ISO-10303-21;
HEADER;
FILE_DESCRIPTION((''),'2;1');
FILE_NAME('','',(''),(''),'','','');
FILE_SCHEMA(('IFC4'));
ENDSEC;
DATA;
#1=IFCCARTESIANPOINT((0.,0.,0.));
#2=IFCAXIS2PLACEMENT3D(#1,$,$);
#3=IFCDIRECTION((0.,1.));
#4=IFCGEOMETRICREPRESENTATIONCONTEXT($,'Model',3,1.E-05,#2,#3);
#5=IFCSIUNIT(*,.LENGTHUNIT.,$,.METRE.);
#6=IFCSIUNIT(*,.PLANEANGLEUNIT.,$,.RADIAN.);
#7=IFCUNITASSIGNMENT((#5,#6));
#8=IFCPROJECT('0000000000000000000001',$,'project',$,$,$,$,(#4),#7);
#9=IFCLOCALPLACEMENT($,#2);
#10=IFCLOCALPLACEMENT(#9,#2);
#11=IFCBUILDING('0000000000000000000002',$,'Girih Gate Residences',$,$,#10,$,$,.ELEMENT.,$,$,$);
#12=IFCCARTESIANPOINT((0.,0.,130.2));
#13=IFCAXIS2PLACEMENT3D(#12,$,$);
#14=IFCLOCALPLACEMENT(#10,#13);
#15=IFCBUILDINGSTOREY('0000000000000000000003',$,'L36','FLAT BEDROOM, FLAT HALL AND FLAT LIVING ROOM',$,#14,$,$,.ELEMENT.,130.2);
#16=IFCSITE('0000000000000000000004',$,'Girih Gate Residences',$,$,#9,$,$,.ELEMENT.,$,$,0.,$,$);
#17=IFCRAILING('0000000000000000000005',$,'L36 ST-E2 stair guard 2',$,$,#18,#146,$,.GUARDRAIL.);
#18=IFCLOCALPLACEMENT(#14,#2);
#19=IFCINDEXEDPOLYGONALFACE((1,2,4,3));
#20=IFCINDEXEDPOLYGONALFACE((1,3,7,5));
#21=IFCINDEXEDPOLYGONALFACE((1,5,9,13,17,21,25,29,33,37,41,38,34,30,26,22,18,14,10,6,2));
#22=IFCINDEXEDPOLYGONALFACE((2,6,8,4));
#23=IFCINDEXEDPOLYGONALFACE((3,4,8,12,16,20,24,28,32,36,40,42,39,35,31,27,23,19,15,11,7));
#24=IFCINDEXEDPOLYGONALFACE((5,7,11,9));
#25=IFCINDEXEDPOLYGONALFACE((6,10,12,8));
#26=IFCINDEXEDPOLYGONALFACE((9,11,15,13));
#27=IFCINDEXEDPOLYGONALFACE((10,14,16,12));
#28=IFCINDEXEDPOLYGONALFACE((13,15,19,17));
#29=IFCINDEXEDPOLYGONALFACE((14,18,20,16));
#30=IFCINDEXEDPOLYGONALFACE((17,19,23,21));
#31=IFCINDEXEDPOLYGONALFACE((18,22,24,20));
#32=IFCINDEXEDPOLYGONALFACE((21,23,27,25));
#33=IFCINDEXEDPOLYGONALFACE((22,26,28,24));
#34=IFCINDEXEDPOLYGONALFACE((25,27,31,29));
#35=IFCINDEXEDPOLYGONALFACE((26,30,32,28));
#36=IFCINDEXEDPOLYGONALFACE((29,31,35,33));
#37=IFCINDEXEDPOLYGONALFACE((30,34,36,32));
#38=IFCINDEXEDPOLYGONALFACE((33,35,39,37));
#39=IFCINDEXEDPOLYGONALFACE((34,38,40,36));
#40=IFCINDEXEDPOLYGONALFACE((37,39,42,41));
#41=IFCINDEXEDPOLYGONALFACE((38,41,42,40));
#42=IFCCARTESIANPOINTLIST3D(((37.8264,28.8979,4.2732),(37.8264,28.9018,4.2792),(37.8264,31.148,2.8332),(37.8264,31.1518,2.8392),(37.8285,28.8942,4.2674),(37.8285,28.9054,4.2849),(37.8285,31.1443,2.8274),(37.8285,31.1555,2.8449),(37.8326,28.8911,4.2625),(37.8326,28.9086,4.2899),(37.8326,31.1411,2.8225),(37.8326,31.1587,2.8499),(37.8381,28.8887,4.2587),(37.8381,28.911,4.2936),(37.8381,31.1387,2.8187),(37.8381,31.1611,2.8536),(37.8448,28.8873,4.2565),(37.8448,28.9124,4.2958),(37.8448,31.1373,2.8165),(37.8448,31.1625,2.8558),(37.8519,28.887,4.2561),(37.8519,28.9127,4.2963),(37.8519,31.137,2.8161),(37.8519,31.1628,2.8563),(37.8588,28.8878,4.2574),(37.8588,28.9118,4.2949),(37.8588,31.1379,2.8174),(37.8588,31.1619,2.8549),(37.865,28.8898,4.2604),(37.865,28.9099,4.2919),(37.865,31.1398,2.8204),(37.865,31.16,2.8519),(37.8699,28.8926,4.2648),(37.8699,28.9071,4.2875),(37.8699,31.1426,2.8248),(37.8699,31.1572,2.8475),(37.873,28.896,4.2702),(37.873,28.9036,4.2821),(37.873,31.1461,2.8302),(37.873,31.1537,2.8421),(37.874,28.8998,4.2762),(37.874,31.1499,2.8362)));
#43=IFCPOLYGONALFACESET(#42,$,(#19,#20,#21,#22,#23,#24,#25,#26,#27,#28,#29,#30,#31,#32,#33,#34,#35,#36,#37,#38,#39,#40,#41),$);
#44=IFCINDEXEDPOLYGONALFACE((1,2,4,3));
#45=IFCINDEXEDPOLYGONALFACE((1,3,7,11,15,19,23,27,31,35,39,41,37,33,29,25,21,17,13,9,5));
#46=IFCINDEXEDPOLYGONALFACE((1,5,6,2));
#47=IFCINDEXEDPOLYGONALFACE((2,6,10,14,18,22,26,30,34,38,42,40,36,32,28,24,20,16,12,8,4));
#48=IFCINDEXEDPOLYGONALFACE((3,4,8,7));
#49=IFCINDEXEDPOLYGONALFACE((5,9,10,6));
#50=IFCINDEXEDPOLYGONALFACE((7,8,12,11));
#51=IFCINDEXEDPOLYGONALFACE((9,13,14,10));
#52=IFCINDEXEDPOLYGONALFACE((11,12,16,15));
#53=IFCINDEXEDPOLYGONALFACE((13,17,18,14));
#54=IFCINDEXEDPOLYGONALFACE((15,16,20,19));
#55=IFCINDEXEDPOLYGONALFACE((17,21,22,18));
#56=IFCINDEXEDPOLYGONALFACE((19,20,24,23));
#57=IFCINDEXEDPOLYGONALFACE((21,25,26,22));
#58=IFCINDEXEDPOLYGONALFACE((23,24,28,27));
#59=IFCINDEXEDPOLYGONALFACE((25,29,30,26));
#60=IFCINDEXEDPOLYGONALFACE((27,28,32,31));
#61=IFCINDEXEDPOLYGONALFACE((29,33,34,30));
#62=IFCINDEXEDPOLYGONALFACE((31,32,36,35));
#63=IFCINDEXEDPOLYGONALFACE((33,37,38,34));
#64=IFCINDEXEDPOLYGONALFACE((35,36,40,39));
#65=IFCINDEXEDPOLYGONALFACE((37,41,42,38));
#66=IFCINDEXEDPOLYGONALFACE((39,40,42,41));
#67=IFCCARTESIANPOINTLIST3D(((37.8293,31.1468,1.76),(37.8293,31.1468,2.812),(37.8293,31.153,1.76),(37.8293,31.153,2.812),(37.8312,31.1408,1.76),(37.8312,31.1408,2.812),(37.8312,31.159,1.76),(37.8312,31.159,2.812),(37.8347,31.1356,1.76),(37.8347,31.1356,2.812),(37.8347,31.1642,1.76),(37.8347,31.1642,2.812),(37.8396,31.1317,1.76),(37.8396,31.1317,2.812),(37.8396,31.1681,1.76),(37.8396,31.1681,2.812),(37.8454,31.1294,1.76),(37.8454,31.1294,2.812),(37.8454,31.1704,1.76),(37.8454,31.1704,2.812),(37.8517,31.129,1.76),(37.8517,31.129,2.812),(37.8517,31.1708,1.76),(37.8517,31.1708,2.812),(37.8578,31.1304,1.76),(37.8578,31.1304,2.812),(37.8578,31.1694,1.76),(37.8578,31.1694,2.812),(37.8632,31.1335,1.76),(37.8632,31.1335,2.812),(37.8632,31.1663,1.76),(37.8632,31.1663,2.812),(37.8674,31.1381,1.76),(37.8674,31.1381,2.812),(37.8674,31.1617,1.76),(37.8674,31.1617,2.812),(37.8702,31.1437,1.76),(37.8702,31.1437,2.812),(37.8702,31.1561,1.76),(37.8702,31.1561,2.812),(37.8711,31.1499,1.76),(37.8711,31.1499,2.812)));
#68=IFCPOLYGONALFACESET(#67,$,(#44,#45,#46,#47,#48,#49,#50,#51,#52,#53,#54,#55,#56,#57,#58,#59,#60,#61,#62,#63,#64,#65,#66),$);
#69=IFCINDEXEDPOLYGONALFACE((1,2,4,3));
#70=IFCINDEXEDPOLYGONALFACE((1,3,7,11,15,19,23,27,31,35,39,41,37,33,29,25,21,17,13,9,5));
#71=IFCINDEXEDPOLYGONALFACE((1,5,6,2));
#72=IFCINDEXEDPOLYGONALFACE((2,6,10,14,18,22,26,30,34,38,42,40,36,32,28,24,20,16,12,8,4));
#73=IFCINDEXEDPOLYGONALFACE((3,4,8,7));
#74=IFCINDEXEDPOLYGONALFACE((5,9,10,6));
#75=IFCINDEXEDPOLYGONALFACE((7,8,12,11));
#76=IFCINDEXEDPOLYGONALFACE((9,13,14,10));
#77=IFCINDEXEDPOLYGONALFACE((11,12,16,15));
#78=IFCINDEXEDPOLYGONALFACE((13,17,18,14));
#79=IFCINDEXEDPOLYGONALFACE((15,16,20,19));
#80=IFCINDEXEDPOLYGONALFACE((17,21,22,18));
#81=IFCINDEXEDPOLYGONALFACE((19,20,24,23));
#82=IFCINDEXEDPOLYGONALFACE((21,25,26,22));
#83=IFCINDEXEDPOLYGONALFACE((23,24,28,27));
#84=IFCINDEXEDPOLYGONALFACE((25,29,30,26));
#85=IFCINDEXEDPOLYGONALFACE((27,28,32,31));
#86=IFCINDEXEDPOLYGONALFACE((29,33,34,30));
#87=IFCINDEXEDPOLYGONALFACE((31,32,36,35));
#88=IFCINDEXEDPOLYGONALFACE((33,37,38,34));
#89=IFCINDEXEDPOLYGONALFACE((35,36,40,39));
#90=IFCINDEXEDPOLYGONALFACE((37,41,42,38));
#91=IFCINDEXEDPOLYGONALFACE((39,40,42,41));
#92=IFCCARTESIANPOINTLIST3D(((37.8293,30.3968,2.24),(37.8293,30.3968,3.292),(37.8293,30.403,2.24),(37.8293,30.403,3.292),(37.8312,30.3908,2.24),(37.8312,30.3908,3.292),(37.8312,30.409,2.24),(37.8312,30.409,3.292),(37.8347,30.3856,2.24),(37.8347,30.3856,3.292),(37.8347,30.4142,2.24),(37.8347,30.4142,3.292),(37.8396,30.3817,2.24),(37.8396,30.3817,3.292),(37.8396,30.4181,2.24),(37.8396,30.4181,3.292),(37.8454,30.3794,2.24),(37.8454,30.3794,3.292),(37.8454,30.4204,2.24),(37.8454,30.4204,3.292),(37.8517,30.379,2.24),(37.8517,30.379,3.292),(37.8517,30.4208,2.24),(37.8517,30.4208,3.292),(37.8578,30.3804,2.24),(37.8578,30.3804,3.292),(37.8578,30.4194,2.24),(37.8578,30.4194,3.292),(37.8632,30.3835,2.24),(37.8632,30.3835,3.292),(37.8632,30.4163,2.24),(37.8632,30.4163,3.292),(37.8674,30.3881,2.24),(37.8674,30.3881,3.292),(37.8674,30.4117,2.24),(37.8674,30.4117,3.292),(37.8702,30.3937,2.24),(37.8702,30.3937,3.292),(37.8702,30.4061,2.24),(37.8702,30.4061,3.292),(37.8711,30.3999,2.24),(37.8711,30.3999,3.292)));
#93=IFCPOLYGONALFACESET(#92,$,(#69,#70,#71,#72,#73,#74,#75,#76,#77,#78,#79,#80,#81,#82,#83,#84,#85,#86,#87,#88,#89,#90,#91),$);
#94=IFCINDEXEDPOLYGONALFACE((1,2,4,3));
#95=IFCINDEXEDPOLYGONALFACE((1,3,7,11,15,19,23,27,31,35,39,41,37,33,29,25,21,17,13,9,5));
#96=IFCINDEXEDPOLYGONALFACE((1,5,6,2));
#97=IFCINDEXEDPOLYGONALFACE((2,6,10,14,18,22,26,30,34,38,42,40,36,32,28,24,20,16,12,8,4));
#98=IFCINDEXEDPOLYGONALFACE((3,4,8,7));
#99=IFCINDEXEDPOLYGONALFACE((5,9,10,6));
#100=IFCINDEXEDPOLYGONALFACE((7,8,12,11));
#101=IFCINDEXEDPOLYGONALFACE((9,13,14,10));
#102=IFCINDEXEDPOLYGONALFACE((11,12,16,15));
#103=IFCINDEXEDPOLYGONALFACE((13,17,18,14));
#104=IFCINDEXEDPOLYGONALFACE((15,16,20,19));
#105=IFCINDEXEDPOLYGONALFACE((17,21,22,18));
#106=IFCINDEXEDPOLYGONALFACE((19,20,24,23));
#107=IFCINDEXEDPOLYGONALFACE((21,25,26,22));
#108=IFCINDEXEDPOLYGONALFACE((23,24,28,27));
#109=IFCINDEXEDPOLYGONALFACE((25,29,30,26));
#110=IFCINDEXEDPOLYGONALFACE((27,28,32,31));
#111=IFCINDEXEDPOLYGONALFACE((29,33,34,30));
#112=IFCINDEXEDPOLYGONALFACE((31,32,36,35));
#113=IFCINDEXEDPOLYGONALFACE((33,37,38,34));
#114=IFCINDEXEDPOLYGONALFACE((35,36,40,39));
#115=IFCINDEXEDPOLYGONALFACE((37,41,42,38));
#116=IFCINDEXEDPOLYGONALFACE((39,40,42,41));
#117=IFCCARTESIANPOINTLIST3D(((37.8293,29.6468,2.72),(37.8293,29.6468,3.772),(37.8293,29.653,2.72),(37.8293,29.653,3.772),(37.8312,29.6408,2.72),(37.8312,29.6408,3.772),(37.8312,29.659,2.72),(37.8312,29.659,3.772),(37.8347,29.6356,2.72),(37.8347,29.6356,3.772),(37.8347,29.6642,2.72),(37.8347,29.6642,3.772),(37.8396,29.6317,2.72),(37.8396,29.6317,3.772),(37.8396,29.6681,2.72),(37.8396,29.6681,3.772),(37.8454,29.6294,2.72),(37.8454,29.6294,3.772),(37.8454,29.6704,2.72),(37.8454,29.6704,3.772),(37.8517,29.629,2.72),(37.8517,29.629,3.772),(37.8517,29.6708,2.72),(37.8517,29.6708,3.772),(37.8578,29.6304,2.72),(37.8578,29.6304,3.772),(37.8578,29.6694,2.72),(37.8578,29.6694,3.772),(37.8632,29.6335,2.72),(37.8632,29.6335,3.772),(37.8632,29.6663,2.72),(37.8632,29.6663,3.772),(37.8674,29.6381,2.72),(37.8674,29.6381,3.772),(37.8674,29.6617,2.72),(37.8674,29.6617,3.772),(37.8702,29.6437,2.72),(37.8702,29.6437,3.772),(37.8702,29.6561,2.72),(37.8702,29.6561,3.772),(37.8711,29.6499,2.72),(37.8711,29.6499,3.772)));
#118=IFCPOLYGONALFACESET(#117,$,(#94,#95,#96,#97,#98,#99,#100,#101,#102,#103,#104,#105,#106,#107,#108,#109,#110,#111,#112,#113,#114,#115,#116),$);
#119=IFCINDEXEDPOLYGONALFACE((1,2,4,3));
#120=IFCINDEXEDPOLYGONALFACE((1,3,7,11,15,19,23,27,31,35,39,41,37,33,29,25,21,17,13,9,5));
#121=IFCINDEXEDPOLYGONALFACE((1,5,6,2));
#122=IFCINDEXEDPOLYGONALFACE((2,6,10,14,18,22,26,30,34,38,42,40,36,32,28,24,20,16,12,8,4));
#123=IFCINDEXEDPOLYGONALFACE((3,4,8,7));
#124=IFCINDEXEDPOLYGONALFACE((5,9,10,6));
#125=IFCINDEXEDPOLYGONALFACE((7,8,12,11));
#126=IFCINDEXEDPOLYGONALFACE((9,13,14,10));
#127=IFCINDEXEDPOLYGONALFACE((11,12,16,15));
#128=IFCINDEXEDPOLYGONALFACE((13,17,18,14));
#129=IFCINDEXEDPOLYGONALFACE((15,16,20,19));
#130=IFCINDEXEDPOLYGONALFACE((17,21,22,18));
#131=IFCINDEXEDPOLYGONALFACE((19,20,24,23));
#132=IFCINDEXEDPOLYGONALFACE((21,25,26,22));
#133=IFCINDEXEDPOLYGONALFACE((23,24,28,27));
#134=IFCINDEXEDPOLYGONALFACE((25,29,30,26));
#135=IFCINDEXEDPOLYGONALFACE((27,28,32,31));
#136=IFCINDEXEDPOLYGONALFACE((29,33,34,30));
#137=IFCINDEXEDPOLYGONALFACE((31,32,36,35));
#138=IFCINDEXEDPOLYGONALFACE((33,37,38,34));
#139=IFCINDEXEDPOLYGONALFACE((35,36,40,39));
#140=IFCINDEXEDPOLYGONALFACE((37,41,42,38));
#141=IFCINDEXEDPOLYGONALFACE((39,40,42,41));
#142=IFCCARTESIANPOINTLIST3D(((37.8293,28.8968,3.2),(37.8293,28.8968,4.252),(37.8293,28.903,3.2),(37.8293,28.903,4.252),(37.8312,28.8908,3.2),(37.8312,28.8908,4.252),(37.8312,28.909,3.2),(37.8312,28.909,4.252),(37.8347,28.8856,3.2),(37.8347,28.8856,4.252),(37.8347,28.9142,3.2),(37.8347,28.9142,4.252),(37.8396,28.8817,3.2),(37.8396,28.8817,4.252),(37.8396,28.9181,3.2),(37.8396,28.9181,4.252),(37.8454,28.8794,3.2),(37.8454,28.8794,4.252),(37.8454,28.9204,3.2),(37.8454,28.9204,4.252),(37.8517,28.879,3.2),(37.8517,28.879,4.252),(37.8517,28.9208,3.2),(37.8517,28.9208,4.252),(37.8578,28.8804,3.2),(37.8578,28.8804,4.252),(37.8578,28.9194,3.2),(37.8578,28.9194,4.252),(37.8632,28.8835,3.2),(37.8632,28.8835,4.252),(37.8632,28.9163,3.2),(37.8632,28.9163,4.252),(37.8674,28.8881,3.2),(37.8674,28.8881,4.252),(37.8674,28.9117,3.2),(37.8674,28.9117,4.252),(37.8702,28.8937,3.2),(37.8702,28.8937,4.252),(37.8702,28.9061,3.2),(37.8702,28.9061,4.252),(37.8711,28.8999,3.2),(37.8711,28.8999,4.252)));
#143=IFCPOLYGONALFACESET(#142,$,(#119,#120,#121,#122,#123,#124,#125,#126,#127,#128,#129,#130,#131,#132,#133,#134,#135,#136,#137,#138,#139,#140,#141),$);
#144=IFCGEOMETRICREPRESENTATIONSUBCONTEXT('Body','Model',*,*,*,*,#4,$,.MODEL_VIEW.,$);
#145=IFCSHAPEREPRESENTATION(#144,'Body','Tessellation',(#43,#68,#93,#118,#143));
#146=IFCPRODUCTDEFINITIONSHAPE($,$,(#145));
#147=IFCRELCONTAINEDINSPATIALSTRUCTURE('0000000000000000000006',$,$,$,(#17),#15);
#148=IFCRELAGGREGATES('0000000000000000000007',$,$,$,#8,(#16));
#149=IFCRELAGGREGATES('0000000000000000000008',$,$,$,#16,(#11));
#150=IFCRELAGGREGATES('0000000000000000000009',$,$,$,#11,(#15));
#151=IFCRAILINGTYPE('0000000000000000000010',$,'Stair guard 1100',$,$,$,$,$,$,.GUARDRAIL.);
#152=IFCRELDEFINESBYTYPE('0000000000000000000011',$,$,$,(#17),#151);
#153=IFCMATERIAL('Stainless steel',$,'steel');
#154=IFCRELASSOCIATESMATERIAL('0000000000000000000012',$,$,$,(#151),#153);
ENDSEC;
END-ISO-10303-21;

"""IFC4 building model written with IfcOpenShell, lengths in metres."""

from ifc_helpers import new_model, si_unit, direction, frame, origin, origin_2d, place, context, subcontext, project, spatial, circle, extrude, material, type_object, element, save


model = new_model("IFC4")

# Units and contexts
model_context = context("Model", 3, precision=1e-05, world=origin(), true_north=direction((0.0, 1.0)))
body_context = subcontext(model_context, "Body", "Model", "MODEL_VIEW")
ifc_project = project(units=[si_unit("LENGTHUNIT", "METRE"), si_unit("PLANEANGLEUNIT", "RADIAN")], contexts=[model_context])

# Site, building, storey
site_placement = place(None, origin())
site = spatial("IfcSite", under=ifc_project, at=site_placement, Name="Girih Gate Residences", CompositionType="ELEMENT", RefElevation=0.0)
building_placement = place(site_placement, origin())
building = spatial("IfcBuilding", under=site, at=building_placement, Name="Girih Gate Residences", CompositionType="ELEMENT")
storey_placement = place(building_placement, frame((0.0, 0.0, 130.2)))
storey = spatial("IfcBuildingStorey", under=building, at=storey_placement, Name="L36", Description="FLAT BEDROOM, FLAT HALL AND FLAT LIVING ROOM", CompositionType="ELEMENT", Elevation=130.2)

# Shared definitions
ifc_material_1 = material(Name="Stainless steel", Category="steel")

# Railing
railing_type_1 = type_object("IfcRailingType", Name="Stair guard 1100", PredefinedType="GUARDRAIL", material=ifc_material_1)
railing_1_placement = place(storey_placement, frame((37.8501, 31.1499, 1.76)))
element("IfcRailing", 1, at=railing_1_placement, inside=storey, type_object=railing_type_1, Name="L36 ST-E2 stair guard 2", PredefinedType="GUARDRAIL", context=body_context, shape_type="SweptSolid", body=[
    extrude(circle(Radius=0.0239, at=origin_2d()), frame((0.0, 0.0, 1.0762), z_axis=(0.0, -0.842281, 0.539038), x_axis=(1.0, 0.0, 0.0)), (0.0, 0.0, 1.0), 2.6714),
    extrude(circle(Radius=0.021, at=origin_2d()), origin(), (0.0, 0.0, 1.0), 1.052),
    extrude(circle(Radius=0.021, at=origin_2d()), frame((0.0, -0.75, 0.48)), (0.0, 0.0, 1.0), 1.052),
    extrude(circle(Radius=0.021, at=origin_2d()), frame((0.0, -1.5, 0.96)), (0.0, 0.0, 1.0), 1.052),
    extrude(circle(Radius=0.021, at=origin_2d()), frame((0.0, -2.25, 1.4399)), (0.0, 0.0, 1.0), 1.052),
])

save(model, "model.ifc")
